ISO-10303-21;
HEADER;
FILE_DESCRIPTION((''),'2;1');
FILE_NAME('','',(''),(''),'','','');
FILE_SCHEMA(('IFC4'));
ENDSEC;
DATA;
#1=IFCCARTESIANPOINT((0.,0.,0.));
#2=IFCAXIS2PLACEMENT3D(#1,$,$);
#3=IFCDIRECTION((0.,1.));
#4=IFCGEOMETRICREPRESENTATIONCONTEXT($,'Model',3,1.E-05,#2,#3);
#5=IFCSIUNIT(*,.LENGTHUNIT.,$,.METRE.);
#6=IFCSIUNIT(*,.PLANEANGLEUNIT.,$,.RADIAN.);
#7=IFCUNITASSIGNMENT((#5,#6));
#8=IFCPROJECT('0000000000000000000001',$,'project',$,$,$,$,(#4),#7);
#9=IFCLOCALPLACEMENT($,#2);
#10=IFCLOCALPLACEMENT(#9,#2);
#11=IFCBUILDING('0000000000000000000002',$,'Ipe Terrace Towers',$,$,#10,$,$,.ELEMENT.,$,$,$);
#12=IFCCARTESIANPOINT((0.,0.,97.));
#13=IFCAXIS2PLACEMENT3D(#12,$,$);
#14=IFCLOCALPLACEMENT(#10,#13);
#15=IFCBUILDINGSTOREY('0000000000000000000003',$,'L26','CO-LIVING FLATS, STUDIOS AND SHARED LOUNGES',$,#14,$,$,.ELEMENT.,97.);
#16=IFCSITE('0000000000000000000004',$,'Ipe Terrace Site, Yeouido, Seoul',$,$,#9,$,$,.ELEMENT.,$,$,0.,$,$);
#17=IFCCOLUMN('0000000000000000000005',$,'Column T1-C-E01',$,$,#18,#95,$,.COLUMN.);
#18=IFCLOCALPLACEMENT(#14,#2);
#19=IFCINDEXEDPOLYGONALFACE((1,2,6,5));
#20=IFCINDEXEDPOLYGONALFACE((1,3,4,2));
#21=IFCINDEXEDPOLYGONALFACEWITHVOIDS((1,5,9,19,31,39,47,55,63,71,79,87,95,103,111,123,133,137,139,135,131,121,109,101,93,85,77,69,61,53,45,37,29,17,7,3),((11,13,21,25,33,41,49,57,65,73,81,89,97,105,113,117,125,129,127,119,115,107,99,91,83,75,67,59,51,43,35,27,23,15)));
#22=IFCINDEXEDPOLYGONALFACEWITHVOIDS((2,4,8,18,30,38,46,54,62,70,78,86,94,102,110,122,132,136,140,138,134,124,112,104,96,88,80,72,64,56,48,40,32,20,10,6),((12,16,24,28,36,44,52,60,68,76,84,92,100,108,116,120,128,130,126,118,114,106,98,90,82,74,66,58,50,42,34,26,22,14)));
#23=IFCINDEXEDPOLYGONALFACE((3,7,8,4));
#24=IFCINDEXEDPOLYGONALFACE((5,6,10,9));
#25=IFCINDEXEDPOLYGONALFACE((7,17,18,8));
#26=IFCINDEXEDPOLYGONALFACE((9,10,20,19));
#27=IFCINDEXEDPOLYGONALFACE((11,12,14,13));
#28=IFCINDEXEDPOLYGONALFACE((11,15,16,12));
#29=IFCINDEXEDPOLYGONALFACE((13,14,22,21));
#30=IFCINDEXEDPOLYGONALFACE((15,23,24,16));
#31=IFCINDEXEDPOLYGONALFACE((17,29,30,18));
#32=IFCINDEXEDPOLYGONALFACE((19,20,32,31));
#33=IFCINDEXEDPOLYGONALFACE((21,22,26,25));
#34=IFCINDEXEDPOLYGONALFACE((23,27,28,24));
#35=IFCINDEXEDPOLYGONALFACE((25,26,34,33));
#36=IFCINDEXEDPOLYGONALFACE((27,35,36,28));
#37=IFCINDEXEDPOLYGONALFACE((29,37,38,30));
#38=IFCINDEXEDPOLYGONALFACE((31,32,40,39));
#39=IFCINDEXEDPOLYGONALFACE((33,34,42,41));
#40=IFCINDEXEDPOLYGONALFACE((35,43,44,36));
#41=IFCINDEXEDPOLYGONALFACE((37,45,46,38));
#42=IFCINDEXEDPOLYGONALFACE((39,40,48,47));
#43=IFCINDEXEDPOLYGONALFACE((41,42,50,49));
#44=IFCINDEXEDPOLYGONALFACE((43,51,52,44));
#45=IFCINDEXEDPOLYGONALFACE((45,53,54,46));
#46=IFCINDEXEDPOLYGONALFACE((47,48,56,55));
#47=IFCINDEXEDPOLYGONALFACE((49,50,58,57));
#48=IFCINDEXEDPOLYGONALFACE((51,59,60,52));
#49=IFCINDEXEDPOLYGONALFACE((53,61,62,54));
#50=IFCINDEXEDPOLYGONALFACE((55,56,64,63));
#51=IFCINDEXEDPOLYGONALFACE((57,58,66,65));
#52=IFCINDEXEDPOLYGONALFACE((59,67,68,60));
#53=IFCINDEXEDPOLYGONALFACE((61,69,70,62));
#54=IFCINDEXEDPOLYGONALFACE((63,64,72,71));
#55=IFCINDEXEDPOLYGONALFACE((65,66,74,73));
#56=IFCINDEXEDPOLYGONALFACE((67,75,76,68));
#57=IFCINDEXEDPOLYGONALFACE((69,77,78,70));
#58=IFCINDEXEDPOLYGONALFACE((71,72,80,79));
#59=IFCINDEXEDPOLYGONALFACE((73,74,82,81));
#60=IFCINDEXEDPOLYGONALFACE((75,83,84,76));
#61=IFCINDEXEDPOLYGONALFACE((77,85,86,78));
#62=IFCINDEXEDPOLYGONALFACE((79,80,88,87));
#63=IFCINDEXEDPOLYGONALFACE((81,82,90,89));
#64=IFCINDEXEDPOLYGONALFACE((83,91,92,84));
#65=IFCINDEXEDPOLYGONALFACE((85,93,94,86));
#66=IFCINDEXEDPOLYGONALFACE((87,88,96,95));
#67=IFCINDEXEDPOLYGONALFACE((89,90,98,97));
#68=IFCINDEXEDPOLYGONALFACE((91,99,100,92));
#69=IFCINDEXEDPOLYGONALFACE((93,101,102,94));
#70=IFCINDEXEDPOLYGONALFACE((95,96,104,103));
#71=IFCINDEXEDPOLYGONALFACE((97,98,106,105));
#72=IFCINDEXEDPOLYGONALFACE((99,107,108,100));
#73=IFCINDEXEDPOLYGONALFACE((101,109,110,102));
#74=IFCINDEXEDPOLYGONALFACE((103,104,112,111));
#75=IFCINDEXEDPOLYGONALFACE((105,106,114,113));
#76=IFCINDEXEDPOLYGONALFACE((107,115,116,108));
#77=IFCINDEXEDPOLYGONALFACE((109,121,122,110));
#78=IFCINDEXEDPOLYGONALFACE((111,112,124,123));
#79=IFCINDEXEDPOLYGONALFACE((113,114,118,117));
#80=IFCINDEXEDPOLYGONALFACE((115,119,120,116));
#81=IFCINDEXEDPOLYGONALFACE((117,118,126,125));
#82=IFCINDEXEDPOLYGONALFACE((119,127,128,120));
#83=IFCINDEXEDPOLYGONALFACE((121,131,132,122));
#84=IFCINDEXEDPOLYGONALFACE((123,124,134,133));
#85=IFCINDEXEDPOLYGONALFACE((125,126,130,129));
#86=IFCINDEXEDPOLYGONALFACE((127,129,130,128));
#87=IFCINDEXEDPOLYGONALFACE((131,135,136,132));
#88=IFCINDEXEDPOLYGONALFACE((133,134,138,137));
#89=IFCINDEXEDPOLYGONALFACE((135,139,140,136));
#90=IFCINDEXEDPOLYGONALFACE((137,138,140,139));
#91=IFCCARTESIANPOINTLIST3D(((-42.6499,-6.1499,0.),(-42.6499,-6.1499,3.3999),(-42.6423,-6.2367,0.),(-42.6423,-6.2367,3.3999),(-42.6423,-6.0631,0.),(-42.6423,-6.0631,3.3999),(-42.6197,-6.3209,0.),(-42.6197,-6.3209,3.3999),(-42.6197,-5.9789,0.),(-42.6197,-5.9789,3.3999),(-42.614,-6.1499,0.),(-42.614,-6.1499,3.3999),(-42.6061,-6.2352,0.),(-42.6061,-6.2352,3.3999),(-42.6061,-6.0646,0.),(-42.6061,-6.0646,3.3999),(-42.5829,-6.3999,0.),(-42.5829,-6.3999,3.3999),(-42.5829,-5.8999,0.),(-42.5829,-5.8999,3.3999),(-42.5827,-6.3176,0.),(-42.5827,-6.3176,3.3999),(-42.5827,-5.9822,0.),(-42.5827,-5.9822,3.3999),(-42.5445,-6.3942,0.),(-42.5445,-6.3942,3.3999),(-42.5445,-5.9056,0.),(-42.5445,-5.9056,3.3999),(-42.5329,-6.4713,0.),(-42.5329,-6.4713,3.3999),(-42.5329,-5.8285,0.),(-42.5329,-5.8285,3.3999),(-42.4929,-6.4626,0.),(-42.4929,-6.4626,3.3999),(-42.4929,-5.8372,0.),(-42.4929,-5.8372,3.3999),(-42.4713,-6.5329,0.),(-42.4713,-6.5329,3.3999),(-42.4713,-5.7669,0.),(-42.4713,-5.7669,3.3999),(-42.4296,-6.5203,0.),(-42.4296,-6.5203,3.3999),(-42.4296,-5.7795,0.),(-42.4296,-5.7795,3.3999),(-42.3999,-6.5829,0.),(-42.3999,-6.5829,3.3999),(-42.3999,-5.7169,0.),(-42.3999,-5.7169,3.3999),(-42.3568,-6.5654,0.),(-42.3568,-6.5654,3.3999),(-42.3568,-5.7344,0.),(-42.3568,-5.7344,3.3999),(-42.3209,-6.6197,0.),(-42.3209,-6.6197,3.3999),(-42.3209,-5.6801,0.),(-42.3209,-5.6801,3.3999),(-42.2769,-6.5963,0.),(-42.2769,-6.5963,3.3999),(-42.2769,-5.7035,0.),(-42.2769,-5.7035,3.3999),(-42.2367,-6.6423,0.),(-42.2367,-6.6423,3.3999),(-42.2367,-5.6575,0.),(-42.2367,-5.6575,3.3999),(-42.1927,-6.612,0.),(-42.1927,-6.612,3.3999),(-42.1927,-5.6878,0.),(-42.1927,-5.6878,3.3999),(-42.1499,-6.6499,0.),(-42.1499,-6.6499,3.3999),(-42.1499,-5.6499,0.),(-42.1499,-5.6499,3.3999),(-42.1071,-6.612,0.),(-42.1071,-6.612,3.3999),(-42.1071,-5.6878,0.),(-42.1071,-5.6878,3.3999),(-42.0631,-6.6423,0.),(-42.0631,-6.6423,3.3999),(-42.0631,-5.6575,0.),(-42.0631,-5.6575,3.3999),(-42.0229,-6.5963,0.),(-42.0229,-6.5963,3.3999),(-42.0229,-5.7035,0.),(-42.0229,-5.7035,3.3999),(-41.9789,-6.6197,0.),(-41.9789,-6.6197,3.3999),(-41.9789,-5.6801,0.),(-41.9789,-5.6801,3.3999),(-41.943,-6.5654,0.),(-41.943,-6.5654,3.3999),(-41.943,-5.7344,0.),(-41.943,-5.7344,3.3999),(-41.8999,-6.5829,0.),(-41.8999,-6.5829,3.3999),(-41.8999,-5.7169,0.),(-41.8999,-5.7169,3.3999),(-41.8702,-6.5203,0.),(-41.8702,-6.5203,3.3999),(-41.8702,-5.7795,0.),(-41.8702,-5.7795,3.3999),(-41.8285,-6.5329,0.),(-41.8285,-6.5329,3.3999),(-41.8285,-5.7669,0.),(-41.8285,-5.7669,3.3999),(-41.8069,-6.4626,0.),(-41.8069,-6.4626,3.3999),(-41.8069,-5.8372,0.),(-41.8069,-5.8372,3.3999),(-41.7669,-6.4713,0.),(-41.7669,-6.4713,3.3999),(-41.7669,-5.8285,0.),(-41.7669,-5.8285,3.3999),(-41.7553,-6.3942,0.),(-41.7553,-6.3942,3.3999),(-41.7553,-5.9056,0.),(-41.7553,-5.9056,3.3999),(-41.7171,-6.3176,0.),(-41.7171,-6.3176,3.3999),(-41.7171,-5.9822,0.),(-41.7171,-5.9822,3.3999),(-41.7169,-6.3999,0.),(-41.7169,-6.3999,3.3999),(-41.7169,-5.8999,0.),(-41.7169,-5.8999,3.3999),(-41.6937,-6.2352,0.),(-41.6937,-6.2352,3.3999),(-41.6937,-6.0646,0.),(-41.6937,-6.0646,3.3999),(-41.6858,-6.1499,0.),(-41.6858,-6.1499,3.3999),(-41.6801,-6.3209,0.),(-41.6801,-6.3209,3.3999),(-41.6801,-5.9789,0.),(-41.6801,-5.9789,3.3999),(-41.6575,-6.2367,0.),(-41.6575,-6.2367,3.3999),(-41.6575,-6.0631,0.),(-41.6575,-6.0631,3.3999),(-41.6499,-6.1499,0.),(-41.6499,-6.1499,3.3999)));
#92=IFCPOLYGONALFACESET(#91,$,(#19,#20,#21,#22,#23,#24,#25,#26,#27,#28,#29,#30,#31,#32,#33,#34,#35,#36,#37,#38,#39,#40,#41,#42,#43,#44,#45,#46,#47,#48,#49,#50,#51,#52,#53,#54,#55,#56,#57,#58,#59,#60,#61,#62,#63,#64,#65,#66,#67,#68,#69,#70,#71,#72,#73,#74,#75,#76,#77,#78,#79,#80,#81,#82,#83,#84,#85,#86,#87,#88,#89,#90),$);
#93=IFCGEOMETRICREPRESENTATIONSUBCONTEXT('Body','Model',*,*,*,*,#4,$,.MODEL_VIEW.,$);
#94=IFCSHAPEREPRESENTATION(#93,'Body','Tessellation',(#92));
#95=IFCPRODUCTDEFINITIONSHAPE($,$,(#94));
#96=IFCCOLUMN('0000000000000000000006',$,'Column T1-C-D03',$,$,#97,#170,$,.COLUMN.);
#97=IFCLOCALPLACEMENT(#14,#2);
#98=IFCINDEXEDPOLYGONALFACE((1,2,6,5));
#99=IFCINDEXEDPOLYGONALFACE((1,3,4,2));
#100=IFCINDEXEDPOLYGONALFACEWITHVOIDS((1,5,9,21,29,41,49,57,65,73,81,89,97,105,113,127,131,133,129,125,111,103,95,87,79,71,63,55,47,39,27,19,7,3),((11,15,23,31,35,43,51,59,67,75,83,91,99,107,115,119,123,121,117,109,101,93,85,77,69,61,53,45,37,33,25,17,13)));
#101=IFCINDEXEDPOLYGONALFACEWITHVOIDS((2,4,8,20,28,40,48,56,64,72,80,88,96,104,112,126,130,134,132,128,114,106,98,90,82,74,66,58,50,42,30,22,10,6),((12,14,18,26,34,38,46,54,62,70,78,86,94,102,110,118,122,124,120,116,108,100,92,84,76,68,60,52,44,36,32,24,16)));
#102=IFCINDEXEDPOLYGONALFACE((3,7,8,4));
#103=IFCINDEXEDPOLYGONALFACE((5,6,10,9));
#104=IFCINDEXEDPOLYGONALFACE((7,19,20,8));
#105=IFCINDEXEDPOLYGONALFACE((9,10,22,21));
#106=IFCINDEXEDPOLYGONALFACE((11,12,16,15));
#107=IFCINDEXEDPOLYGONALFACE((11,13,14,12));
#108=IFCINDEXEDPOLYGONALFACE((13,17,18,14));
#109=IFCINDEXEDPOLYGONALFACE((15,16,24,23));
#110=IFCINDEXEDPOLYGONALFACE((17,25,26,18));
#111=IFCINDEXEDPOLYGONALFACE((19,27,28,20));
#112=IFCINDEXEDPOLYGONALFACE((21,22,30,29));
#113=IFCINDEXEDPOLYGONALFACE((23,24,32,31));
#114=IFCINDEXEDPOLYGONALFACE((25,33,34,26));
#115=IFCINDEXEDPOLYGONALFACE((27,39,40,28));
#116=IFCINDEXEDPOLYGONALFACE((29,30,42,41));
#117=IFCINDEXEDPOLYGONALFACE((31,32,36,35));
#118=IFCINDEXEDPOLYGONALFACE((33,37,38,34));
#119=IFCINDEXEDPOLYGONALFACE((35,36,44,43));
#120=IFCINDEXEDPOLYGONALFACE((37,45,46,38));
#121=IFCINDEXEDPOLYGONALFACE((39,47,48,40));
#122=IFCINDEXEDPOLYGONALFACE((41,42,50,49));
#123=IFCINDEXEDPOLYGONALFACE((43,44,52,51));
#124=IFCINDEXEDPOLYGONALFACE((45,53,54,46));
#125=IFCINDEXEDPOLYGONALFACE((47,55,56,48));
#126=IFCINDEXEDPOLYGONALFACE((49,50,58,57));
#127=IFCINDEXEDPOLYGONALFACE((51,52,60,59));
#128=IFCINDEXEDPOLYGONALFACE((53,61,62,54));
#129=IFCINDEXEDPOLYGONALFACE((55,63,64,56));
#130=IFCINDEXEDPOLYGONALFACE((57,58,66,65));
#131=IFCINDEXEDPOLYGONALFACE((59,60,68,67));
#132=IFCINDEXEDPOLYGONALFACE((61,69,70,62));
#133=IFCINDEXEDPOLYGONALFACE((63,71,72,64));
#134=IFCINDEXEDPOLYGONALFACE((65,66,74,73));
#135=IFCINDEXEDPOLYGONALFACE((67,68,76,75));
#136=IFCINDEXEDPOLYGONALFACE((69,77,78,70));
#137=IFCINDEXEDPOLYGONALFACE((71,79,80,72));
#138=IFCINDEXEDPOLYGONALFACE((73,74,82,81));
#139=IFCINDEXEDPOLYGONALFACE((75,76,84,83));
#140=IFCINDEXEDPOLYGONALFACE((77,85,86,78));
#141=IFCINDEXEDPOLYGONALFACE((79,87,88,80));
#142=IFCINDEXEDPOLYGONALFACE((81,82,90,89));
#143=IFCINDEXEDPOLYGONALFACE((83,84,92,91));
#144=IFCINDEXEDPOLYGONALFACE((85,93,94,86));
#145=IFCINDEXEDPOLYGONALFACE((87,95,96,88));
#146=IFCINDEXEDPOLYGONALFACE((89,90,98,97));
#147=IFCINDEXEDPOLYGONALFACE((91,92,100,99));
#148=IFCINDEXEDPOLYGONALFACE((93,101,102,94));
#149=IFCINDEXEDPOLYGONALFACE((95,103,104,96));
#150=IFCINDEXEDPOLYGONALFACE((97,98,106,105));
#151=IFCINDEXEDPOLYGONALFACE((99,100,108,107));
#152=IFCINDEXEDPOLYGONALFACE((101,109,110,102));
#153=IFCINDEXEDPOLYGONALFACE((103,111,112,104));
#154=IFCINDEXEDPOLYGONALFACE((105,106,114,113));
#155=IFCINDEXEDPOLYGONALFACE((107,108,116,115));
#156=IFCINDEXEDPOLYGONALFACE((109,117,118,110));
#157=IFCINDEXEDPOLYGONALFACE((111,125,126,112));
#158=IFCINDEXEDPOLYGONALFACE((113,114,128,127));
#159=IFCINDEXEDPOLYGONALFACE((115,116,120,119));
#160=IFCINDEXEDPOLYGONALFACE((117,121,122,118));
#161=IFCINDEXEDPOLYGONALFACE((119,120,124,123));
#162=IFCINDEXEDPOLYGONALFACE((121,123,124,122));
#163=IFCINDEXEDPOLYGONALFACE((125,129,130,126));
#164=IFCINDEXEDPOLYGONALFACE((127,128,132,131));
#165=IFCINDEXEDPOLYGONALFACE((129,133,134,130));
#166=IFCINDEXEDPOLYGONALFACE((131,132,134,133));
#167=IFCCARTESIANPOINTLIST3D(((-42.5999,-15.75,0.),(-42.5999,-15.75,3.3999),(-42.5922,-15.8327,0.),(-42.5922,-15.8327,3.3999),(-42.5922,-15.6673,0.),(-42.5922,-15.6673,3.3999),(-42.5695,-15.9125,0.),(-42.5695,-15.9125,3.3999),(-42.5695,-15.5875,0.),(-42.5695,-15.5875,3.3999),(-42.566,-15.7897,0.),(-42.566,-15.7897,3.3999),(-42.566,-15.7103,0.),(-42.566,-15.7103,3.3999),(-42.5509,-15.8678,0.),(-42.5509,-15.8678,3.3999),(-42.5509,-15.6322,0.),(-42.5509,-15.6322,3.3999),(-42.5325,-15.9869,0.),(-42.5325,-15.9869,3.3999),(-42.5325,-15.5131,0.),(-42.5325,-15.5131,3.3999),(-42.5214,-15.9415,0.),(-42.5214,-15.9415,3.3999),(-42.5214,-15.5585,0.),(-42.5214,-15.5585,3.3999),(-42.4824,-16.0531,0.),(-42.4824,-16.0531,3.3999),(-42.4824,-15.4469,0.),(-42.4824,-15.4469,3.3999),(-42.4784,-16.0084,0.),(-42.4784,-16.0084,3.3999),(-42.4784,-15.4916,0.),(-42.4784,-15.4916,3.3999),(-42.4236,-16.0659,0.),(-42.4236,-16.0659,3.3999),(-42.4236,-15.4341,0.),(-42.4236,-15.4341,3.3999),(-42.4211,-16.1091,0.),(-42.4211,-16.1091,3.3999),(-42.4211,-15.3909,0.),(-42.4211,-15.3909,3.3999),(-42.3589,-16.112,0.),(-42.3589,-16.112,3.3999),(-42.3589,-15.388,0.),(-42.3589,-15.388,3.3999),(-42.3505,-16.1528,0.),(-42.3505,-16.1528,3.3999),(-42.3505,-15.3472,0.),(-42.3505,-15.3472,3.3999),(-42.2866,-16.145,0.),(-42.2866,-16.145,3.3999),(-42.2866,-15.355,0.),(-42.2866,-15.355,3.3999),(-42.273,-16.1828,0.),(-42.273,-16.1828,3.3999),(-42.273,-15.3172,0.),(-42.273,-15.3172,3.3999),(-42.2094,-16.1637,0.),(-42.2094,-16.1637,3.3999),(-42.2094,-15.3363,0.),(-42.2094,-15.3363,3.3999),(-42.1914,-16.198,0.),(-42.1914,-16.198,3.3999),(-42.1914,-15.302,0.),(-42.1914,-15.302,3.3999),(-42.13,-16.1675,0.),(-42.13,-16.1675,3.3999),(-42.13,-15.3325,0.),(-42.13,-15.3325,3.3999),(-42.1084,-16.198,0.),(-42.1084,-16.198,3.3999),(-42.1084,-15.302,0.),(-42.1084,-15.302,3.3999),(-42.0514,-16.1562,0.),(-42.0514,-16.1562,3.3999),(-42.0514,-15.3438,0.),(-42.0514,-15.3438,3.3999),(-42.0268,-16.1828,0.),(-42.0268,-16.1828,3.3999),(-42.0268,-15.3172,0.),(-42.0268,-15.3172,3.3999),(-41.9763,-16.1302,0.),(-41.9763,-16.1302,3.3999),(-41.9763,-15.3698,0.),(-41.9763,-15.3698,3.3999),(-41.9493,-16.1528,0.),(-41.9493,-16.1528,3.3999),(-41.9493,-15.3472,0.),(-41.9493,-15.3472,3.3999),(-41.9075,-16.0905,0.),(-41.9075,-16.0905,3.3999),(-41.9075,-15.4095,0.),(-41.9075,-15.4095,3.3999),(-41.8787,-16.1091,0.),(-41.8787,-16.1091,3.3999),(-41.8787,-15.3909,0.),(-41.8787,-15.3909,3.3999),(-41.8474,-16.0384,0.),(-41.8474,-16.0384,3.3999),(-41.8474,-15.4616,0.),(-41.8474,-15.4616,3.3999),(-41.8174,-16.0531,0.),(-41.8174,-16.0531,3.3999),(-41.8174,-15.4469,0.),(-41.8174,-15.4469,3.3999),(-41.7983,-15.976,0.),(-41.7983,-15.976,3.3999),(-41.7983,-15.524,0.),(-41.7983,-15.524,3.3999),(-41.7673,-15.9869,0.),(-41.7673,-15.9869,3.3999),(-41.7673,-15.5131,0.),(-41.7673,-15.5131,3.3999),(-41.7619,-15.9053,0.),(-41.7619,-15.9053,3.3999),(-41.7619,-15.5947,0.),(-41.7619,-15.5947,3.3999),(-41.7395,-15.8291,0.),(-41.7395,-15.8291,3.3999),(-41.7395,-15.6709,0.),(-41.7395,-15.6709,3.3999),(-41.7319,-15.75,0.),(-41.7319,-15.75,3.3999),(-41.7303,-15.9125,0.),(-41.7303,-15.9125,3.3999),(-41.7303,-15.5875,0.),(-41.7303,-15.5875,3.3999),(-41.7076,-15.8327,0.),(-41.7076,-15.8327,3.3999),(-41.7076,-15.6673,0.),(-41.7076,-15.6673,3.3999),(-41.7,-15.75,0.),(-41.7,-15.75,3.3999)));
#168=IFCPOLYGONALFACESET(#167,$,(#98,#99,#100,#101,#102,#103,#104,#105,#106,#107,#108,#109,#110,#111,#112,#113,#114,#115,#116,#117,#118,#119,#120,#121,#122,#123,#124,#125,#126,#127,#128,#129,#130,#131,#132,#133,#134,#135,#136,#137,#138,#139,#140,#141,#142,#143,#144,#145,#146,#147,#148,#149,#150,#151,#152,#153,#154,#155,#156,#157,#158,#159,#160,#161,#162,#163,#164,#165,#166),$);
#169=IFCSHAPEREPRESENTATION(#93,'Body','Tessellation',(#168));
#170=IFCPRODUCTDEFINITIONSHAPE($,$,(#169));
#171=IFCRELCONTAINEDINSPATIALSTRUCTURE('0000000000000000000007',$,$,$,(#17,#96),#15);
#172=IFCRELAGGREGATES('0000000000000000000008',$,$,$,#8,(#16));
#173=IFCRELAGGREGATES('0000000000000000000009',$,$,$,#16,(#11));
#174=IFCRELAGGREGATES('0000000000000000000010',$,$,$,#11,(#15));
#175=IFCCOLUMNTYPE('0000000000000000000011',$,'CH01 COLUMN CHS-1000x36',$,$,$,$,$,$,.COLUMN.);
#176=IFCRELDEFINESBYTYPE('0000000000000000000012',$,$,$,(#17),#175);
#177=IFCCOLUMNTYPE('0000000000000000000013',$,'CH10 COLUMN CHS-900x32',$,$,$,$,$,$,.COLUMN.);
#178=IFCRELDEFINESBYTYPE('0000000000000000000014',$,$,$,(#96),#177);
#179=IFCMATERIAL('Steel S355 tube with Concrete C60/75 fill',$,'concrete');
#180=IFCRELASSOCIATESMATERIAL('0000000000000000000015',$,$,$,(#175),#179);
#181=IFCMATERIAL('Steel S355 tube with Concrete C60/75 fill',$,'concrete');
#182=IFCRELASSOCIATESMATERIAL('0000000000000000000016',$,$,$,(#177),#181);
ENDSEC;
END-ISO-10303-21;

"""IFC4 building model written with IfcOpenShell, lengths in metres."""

from ifc_helpers import new_model, si_unit, direction, frame, origin, origin_2d, place, context, subcontext, project, spatial, hollow_circle, extrude, material, material_profile, profile_set, type_object, element, save


model = new_model("IFC4")

# Units and contexts
model_context = context("Model", 3, precision=1e-05, world=origin(), true_north=direction((0.0, 1.0)))
body_context = subcontext(model_context, "Body", "Model", "MODEL_VIEW")
ifc_project = project(units=[si_unit("LENGTHUNIT", "METRE"), si_unit("PLANEANGLEUNIT", "RADIAN")], contexts=[model_context])

# Site, building, storey
site_placement = place(None, origin())
site = spatial("IfcSite", under=ifc_project, at=site_placement, Name="Ipe Terrace Site, Yeouido, Seoul", CompositionType="ELEMENT", RefElevation=0.0)
building_placement = place(site_placement, origin())
building = spatial("IfcBuilding", under=site, at=building_placement, Name="Ipe Terrace Towers", CompositionType="ELEMENT")
storey_placement = place(building_placement, frame((0.0, 0.0, 97.0)))
storey = spatial("IfcBuildingStorey", under=building, at=storey_placement, Name="L26", Description="CO-LIVING FLATS, STUDIOS AND SHARED LOUNGES", CompositionType="ELEMENT", Elevation=97.0)

# Columns
ifc_material_1 = material(Name="Steel S355 tube with Concrete C60/75 fill", Category="concrete")
ifc_material_profile_1 = material_profile(ifc_material_1, hollow_circle(Radius=0.5, WallThickness=0.0359, at=origin_2d()), Name="CHS-1000x36")
ifc_profile_set_1 = profile_set([ifc_material_profile_1], Name="Steel S355 tube with Concrete C60/75 fill")
column_type_1 = type_object("IfcColumnType", Name="CH01 COLUMN CHS-1000x36", PredefinedType="COLUMN", material=ifc_profile_set_1)
column_placement = place(storey_placement, frame((-42.1499, -6.1499, 0.0), z_axis=(0.0, 0.0, 1.0), x_axis=(1.0, 0.0, 0.0)))
element("IfcColumn", 1, at=column_placement, inside=storey, type_object=column_type_1, Name="Column T1-C-E01", PredefinedType="COLUMN", context=body_context, shape_type="SweptSolid", body=[
    extrude(hollow_circle(Radius=0.5, WallThickness=0.0359, at=origin_2d()), origin(), (0.0, 0.0, 1.0), 3.3999),
])
ifc_material_2 = material(Name="Steel S355 tube with Concrete C60/75 fill", Category="concrete")
ifc_material_profile_2 = material_profile(ifc_material_2, hollow_circle(Radius=0.45, WallThickness=0.032, at=origin_2d()), Name="CHS-900x32")
ifc_profile_set_2 = profile_set([ifc_material_profile_2], Name="Steel S355 tube with Concrete C60/75 fill")
column_type_2 = type_object("IfcColumnType", Name="CH10 COLUMN CHS-900x32", PredefinedType="COLUMN", material=ifc_profile_set_2)
for number, where, z_axis, x_axis, name in (
    (2, (-42.1499, -15.75, 0.0), (0.0, 0.0, 1.0), (1.0, 0.0, 0.0), "Column T1-C-D03"),
):
    element("IfcColumn", number, at=place(storey_placement, frame(where, z_axis=z_axis, x_axis=x_axis)), inside=storey, type_object=column_type_2, Name=name, PredefinedType="COLUMN", context=body_context, shape_type="SweptSolid", body=[
        extrude(hollow_circle(Radius=0.45, WallThickness=0.032, at=origin_2d()), origin(), (0.0, 0.0, 1.0), 3.3999),
    ])

save(model, "model.ifc")
